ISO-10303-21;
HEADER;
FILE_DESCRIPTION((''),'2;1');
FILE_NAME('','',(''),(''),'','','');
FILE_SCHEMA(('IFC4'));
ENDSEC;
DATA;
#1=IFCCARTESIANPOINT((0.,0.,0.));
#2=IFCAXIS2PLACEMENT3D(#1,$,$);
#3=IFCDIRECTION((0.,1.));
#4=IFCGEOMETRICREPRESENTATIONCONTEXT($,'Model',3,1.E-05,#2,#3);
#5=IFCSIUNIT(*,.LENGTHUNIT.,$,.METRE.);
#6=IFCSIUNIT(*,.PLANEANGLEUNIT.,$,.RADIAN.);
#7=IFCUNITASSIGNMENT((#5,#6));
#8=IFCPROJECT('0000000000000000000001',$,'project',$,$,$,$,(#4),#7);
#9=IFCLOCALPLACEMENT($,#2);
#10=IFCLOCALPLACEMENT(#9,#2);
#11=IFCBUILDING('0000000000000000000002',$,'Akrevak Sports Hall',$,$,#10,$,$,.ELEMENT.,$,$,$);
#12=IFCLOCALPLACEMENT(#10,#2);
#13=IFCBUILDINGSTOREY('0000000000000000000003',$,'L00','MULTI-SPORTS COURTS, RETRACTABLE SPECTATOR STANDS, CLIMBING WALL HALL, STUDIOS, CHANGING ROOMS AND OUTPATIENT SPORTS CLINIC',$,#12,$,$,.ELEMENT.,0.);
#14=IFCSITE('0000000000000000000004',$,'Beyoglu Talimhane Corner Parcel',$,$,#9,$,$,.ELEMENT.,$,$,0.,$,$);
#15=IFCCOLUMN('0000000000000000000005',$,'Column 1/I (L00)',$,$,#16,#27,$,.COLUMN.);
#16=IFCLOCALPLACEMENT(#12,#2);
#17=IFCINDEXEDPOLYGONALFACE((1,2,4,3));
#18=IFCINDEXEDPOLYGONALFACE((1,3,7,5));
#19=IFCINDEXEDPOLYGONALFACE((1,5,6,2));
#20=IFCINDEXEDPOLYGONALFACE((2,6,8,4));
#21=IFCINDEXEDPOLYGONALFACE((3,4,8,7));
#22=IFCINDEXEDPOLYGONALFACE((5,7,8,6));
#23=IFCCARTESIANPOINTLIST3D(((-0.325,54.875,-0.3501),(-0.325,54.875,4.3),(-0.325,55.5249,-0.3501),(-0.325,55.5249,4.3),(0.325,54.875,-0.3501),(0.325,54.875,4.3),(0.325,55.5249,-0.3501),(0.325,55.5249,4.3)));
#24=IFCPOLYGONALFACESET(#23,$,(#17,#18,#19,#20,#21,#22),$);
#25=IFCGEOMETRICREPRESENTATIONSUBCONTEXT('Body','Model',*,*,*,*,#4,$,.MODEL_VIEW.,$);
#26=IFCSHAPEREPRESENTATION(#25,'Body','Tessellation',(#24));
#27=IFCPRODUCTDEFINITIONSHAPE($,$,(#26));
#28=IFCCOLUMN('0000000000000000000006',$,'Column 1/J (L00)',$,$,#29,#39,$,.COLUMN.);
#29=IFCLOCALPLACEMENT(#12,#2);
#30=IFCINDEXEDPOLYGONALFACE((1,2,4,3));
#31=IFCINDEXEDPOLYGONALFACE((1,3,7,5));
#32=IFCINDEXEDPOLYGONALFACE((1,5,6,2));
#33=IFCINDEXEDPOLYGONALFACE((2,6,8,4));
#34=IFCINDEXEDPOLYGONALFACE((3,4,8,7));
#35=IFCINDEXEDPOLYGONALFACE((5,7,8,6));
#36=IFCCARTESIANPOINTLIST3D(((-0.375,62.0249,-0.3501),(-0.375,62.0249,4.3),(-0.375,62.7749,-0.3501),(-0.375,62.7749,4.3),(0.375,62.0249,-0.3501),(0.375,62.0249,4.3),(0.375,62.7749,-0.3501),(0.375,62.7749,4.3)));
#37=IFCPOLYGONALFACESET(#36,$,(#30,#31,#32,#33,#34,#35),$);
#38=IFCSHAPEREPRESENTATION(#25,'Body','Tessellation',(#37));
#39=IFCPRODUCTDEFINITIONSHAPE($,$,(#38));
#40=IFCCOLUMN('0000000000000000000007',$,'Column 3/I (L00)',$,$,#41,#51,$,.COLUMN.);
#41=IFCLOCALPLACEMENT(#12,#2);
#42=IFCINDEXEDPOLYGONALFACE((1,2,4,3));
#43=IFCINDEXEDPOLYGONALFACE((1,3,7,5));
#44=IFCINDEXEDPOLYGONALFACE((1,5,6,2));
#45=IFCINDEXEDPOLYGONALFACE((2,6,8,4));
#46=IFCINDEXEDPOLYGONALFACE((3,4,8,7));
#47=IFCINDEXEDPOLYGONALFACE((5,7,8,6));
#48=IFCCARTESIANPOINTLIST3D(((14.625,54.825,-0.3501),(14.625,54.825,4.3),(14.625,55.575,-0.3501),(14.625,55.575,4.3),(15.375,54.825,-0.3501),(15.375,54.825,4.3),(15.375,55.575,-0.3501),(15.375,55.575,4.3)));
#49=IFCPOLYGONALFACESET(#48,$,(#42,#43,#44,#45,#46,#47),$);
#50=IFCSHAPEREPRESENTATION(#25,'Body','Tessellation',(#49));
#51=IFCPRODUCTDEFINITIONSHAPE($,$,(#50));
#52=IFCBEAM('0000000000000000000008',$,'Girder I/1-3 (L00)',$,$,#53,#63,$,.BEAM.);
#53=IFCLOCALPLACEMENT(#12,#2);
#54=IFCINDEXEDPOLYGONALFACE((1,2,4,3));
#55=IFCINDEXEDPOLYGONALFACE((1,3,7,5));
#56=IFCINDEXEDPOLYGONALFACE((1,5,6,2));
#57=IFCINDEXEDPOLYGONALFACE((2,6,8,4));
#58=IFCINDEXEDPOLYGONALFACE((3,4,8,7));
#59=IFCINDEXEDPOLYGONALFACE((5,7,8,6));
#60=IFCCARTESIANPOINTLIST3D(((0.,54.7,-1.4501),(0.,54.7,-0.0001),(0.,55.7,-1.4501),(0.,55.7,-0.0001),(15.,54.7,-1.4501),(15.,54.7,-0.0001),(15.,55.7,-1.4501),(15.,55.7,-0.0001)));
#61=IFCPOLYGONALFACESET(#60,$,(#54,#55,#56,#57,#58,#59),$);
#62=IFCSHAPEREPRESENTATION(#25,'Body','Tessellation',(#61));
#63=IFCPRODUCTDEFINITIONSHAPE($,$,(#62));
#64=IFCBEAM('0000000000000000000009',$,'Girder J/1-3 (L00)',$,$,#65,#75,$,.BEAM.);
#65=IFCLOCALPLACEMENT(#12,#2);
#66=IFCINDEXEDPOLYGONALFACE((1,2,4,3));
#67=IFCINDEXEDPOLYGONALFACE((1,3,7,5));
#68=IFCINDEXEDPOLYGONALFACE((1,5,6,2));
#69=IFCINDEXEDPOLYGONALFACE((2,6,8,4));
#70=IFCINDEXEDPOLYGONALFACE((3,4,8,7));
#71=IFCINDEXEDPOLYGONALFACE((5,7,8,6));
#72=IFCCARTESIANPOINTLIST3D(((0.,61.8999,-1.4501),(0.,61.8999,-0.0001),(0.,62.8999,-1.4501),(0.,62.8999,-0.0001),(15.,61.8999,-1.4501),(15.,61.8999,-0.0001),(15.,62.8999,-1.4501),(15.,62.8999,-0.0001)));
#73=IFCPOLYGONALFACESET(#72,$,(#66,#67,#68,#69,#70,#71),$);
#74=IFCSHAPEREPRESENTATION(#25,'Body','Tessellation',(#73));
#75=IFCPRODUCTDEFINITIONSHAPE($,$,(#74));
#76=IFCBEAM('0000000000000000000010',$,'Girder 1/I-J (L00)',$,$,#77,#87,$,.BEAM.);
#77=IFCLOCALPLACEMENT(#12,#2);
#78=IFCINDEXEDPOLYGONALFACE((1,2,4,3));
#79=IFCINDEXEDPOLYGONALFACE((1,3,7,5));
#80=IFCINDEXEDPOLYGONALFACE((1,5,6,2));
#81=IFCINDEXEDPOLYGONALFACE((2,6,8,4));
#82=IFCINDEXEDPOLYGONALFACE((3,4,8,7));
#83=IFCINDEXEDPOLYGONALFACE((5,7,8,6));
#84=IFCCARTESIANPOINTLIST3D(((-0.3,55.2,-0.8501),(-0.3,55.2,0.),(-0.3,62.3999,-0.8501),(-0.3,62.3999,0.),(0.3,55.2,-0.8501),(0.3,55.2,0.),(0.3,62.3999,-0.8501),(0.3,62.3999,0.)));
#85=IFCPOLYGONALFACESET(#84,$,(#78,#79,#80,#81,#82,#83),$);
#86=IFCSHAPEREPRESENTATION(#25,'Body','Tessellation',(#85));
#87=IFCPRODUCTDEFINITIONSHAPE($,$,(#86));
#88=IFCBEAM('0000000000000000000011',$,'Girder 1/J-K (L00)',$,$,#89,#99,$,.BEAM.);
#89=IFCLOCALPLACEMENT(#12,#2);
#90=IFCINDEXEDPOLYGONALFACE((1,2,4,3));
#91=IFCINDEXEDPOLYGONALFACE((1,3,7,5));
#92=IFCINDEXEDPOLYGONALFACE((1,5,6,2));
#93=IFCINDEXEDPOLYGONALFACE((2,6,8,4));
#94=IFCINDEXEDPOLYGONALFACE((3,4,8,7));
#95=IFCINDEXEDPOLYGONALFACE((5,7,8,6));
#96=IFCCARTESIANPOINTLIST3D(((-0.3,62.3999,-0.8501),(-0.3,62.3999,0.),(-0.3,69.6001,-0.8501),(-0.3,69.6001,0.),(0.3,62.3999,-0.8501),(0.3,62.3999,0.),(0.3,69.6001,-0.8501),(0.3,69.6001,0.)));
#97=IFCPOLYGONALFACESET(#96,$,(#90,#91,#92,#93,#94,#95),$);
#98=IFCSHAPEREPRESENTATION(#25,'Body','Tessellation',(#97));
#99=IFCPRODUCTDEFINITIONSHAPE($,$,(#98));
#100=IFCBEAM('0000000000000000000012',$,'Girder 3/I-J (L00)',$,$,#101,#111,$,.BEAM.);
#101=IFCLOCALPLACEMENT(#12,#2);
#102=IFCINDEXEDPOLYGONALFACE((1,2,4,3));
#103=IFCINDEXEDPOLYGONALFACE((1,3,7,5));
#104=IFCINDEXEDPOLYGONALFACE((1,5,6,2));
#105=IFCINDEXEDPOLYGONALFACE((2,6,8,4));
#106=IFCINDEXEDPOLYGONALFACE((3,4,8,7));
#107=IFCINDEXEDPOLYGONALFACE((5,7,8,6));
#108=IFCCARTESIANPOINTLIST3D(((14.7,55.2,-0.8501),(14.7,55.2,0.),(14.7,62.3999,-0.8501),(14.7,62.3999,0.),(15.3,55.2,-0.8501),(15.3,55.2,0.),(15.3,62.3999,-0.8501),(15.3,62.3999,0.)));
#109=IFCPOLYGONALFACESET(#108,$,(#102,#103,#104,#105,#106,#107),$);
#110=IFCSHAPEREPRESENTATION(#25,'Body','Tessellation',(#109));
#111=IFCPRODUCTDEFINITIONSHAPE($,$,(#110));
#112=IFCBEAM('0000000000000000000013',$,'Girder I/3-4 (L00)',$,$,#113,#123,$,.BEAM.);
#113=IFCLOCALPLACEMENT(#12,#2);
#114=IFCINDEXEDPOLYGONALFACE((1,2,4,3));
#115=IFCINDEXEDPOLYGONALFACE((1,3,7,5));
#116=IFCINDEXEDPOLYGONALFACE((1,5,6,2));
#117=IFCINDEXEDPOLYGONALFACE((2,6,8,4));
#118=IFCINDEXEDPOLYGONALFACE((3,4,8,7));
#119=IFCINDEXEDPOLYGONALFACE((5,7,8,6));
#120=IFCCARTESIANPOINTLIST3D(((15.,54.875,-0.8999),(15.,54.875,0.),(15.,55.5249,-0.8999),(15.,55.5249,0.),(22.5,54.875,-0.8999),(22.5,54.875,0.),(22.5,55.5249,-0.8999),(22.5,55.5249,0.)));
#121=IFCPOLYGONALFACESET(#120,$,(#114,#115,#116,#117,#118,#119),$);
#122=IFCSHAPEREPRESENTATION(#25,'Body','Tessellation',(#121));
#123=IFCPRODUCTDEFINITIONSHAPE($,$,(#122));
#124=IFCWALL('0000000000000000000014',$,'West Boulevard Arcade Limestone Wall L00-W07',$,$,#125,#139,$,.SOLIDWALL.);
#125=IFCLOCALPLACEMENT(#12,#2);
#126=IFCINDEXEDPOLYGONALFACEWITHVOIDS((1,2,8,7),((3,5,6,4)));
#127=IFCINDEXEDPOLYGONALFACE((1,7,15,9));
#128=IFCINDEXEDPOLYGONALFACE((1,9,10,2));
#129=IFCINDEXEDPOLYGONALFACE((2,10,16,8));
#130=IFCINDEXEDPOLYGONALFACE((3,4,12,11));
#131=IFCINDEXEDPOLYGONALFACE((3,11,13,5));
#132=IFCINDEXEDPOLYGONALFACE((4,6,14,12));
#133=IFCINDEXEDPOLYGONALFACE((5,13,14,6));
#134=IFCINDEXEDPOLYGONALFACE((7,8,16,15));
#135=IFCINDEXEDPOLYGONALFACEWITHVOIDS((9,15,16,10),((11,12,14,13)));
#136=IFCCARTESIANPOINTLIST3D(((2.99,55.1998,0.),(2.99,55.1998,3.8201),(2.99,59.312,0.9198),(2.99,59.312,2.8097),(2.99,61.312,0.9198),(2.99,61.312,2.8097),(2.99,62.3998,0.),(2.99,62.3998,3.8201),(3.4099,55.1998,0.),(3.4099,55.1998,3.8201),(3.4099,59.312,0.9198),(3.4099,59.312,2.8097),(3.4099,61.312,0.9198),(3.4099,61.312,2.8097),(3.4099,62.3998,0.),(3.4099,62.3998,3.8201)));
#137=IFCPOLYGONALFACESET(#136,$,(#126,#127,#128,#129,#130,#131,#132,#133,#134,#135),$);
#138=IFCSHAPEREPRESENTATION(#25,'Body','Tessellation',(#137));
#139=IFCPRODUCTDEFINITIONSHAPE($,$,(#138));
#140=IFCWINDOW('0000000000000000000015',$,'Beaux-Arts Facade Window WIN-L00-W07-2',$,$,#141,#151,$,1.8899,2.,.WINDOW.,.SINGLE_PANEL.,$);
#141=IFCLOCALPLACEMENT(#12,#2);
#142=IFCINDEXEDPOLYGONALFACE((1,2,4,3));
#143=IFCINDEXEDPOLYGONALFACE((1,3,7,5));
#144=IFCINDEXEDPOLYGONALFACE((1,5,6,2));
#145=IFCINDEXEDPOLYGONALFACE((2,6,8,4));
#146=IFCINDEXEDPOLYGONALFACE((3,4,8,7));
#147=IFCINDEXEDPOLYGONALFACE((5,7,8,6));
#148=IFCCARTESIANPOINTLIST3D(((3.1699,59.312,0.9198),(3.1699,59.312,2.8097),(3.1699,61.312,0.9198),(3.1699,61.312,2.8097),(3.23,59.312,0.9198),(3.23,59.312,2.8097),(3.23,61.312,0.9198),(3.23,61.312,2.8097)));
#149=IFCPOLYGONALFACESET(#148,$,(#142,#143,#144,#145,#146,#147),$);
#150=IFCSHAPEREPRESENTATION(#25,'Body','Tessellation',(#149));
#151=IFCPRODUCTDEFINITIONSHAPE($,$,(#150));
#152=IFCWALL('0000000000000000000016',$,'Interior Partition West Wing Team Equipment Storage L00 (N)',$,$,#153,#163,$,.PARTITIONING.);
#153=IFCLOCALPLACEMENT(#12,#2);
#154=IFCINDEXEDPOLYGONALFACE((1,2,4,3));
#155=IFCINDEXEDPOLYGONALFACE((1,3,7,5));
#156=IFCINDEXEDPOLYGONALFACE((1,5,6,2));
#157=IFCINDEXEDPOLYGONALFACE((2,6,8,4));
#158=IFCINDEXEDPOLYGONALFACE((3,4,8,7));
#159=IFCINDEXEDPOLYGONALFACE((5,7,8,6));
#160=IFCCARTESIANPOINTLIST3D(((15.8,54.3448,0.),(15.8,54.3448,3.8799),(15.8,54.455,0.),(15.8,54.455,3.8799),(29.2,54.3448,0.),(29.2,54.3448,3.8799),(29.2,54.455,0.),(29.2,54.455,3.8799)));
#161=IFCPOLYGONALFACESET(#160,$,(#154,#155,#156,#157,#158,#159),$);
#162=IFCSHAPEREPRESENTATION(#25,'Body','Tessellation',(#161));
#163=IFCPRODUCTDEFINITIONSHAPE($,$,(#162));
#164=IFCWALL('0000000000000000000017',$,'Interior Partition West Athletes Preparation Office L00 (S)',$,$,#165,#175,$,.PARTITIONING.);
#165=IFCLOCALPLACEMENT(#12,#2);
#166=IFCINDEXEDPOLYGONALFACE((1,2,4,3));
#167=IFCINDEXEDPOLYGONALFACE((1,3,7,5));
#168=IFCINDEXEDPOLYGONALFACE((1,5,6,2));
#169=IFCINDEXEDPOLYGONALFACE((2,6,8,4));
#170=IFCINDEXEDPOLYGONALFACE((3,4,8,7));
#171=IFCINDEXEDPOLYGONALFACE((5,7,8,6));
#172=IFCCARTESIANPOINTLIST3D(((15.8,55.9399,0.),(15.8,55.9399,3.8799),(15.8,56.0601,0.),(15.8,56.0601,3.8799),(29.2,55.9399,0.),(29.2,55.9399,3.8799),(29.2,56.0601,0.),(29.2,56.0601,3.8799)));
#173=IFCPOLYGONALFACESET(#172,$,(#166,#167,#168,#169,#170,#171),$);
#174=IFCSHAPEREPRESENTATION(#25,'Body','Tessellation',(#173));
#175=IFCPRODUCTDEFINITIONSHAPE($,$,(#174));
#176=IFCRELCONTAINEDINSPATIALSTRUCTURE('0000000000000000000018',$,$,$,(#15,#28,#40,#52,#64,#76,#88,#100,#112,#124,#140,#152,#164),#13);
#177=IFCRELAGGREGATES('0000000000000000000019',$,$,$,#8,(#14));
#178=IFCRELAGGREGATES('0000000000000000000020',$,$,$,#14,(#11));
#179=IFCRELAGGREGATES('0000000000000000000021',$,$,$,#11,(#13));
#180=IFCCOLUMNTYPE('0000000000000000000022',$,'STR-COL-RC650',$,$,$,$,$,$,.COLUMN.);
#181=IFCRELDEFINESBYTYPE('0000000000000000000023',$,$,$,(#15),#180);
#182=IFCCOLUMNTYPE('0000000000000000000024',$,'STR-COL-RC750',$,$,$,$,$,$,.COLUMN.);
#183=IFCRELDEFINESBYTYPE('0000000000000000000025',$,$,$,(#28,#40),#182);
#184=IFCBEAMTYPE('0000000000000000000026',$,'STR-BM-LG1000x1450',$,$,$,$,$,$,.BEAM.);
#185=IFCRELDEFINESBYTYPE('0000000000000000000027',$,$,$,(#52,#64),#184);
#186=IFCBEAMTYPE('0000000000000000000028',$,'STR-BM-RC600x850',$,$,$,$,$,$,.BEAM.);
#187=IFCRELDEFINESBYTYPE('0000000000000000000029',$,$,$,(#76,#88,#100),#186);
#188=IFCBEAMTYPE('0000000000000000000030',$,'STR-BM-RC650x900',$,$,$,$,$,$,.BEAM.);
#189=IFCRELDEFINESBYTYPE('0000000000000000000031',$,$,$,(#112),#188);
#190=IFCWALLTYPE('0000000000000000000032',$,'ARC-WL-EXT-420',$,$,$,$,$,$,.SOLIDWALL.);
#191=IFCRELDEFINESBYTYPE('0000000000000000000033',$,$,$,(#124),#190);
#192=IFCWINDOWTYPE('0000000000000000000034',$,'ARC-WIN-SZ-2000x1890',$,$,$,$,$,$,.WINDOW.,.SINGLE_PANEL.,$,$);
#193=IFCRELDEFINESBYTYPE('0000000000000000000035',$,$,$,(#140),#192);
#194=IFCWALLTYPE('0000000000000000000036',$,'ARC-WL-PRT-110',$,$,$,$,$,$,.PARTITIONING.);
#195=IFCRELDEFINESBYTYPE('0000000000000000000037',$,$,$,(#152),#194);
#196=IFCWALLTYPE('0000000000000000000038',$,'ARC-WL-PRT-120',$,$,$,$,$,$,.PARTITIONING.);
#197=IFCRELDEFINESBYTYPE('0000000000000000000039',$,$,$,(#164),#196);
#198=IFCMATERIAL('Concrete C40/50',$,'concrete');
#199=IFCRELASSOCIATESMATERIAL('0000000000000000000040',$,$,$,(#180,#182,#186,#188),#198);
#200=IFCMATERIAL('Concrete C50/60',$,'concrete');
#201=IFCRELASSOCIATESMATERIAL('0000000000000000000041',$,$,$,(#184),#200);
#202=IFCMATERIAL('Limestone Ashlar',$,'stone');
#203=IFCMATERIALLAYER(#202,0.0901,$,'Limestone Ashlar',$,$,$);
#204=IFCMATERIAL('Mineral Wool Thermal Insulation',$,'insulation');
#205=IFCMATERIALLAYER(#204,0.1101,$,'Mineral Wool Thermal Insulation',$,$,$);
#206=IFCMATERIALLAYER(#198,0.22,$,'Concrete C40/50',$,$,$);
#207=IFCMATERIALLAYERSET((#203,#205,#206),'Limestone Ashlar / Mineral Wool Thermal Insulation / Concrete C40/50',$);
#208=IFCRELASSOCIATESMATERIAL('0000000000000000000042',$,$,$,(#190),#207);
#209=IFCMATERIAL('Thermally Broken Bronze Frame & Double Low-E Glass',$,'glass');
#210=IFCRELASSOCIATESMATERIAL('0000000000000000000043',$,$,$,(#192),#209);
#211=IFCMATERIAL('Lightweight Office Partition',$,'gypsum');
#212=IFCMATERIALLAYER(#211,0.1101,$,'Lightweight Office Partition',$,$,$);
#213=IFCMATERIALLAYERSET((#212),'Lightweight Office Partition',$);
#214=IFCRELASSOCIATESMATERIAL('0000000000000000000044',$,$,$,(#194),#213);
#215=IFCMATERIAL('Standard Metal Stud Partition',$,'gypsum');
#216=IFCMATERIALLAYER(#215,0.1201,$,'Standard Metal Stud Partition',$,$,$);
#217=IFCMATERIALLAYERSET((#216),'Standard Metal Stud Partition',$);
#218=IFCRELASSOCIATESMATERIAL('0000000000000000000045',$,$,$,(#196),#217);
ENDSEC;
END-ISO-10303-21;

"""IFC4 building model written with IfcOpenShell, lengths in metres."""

from ifc_helpers import new_model, si_unit, direction, frame, frame_2d, origin, origin_2d, place, context, subcontext, project, spatial, rectangle, extrude, material, layer, layer_set, material_profile, profile_set, type_object, element, fill, save


model = new_model("IFC4")

# Units and contexts
model_context = context("Model", 3, precision=1e-05, world=origin(), true_north=direction((0.0, 1.0)))
body_context = subcontext(model_context, "Body", "Model", "MODEL_VIEW")
ifc_project = project(units=[si_unit("LENGTHUNIT", "METRE"), si_unit("PLANEANGLEUNIT", "RADIAN")], contexts=[model_context])

# Site, building, storey
site_placement = place(None, origin())
site = spatial("IfcSite", under=ifc_project, at=site_placement, Name="Beyoglu Talimhane Corner Parcel", CompositionType="ELEMENT", RefElevation=0.0)
building_placement = place(site_placement, origin())
building = spatial("IfcBuilding", under=site, at=building_placement, Name="Akrevak Sports Hall", CompositionType="ELEMENT")
storey_placement = place(building_placement, origin())
storey = spatial("IfcBuildingStorey", under=building, at=storey_placement, Name="L00", Description="MULTI-SPORTS COURTS, RETRACTABLE SPECTATOR STANDS, CLIMBING WALL HALL, STUDIOS, CHANGING ROOMS AND OUTPATIENT SPORTS CLINIC", CompositionType="ELEMENT", Elevation=0.0)

# Columns
ifc_material_1 = material(Name="Concrete C40/50", Category="concrete")
ifc_material_profile_1 = material_profile(ifc_material_1, rectangle(XDim=0.6499, YDim=0.6499, at=origin_2d()), Name="RC 650x650", Category="concrete")
ifc_profile_set_1 = profile_set([ifc_material_profile_1], Name="Concrete C40/50")
column_type_1 = type_object("IfcColumnType", Name="STR-COL-RC650", PredefinedType="COLUMN", material=ifc_profile_set_1)
column_placement = place(storey_placement, frame((0.0, 55.2, -0.3501), z_axis=(0.0, 0.0, 1.0), x_axis=(1.0, 0.0, 0.0)))
element("IfcColumn", 1, at=column_placement, inside=storey, type_object=column_type_1, Name="Column 1/I (L00)", PredefinedType="COLUMN", context=body_context, shape_type="SweptSolid", body=[
    extrude(rectangle(XDim=0.6499, YDim=0.6499, at=origin_2d()), origin(), (0.0, 0.0, 1.0), 4.6501),
])
ifc_material_profile_2 = material_profile(ifc_material_1, rectangle(XDim=0.75, YDim=0.75, at=origin_2d()), Name="RC 750x750", Category="concrete")
ifc_profile_set_2 = profile_set([ifc_material_profile_2], Name="Concrete C40/50")
column_type_2 = type_object("IfcColumnType", Name="STR-COL-RC750", PredefinedType="COLUMN", material=ifc_profile_set_2)
for number, where, z_axis, x_axis, name in (
    (2, (0.0, 62.3999, -0.3501), (0.0, 0.0, 1.0), (1.0, 0.0, 0.0), "Column 1/J (L00)"),
    (3, (15.0, 55.2, -0.3501), (0.0, 0.0, 1.0), (1.0, 0.0, 0.0), "Column 3/I (L00)"),
):
    element("IfcColumn", number, at=place(storey_placement, frame(where, z_axis=z_axis, x_axis=x_axis)), inside=storey, type_object=column_type_2, Name=name, PredefinedType="COLUMN", context=body_context, shape_type="SweptSolid", body=[
        extrude(rectangle(XDim=0.75, YDim=0.75, at=origin_2d()), origin(), (0.0, 0.0, 1.0), 4.6501),
    ])

# Beams
ifc_material_2 = material(Name="Concrete C50/60", Category="concrete")
ifc_material_profile_3 = material_profile(ifc_material_2, rectangle(XDim=1.0, YDim=1.45, at=origin_2d()), Name="BM 1000x1450", Category="concrete")
ifc_profile_set_3 = profile_set([ifc_material_profile_3], Name="Concrete C50/60")
beam_type_1 = type_object("IfcBeamType", Name="STR-BM-LG1000x1450", PredefinedType="BEAM", material=ifc_profile_set_3)
for number, where, z_axis, x_axis, name in (
    (4, (0.0, 55.2, -0.7251), (1.0, 0.0, 0.0), (0.0, 1.0, 0.0), "Girder I/1-3 (L00)"),
    (5, (0.0, 62.3999, -0.7251), (1.0, 0.0, 0.0), (0.0, 1.0, 0.0), "Girder J/1-3 (L00)"),
):
    element("IfcBeam", number, at=place(storey_placement, frame(where, z_axis=z_axis, x_axis=x_axis)), inside=storey, type_object=beam_type_1, Name=name, PredefinedType="BEAM", context=body_context, shape_type="SweptSolid", body=[
        extrude(rectangle(XDim=1.0, YDim=1.45, at=origin_2d()), origin(), (0.0, 0.0, 1.0), 15.0),
    ])
ifc_material_profile_4 = material_profile(ifc_material_1, rectangle(XDim=0.6001, YDim=0.8501, at=origin_2d()), Name="BM 600x850", Category="concrete")
ifc_profile_set_4 = profile_set([ifc_material_profile_4], Name="Concrete C40/50")
beam_type_2 = type_object("IfcBeamType", Name="STR-BM-RC600x850", PredefinedType="BEAM", material=ifc_profile_set_4)
beam_1_placement = place(storey_placement, frame((0.0, 55.2, -0.425), z_axis=(0.0, 1.0, 0.0), x_axis=(-1.0, 0.0, 0.0)))
element("IfcBeam", 6, at=beam_1_placement, inside=storey, type_object=beam_type_2, Name="Girder 1/I-J (L00)", PredefinedType="BEAM", context=body_context, shape_type="SweptSolid", body=[
    extrude(rectangle(XDim=0.6001, YDim=0.8501, at=origin_2d()), origin(), (0.0, 0.0, 1.0), 7.2),
])
beam_2_placement = place(storey_placement, frame((0.0, 62.3999, -0.425), z_axis=(0.0, 1.0, 0.0), x_axis=(-1.0, 0.0, 0.0)))
element("IfcBeam", 7, at=beam_2_placement, inside=storey, type_object=beam_type_2, Name="Girder 1/J-K (L00)", PredefinedType="BEAM", context=body_context, shape_type="SweptSolid", body=[
    extrude(rectangle(XDim=0.6001, YDim=0.8501, at=origin_2d()), origin(), (0.0, 0.0, 1.0), 7.2002),
])
beam_3_placement = place(storey_placement, frame((15.0, 55.2, -0.425), z_axis=(0.0, 1.0, 0.0), x_axis=(-1.0, 0.0, 0.0)))
element("IfcBeam", 8, at=beam_3_placement, inside=storey, type_object=beam_type_2, Name="Girder 3/I-J (L00)", PredefinedType="BEAM", context=body_context, shape_type="SweptSolid", body=[
    extrude(rectangle(XDim=0.6001, YDim=0.8501, at=origin_2d()), origin(), (0.0, 0.0, 1.0), 7.2),
])
ifc_material_profile_5 = material_profile(ifc_material_1, rectangle(XDim=0.6499, YDim=0.8999, at=origin_2d()), Name="BM 650x900", Category="concrete")
ifc_profile_set_5 = profile_set([ifc_material_profile_5], Name="Concrete C40/50")
beam_type_3 = type_object("IfcBeamType", Name="STR-BM-RC650x900", PredefinedType="BEAM", material=ifc_profile_set_5)
beam_4_placement = place(storey_placement, frame((15.0, 55.2, -0.45), z_axis=(1.0, 0.0, 0.0), x_axis=(0.0, 1.0, 0.0)))
element("IfcBeam", 9, at=beam_4_placement, inside=storey, type_object=beam_type_3, Name="Girder I/3-4 (L00)", PredefinedType="BEAM", context=body_context, shape_type="SweptSolid", body=[
    extrude(rectangle(XDim=0.6499, YDim=0.8999, at=origin_2d()), origin(), (0.0, 0.0, 1.0), 7.5),
])

# Shared definitions
ifc_material_3 = material(Name="Limestone Ashlar", Category="stone")
ifc_layer_1 = layer(ifc_material_3, 0.0901, Name="Limestone Ashlar")
ifc_material_4 = material(Name="Mineral Wool Thermal Insulation", Category="insulation")
ifc_layer_2 = layer(ifc_material_4, 0.1101, Name="Mineral Wool Thermal Insulation")
ifc_layer_3 = layer(ifc_material_1, 0.22, Name="Concrete C40/50")
ifc_layer_set_1 = layer_set([ifc_layer_1, ifc_layer_2, ifc_layer_3], Name="Limestone Ashlar / Mineral Wool Thermal Insulation / Concrete C40/50")
wall_type_1 = type_object("IfcWallType", Name="ARC-WL-EXT-420", PredefinedType="SOLIDWALL", material=ifc_layer_set_1)

# Wall, opening, window
wall_1_placement = place(storey_placement, frame((3.2, 62.3999, 0.0), z_axis=(0.0, 0.0, 1.0), x_axis=(0.0, -1.0, 0.0)))
wall_1 = element("IfcWall", 10, at=wall_1_placement, inside=storey, type_object=wall_type_1, Name="West Boulevard Arcade Limestone Wall L00-W07", PredefinedType="SOLIDWALL", context=body_context, shape_type="SweptSolid", body=[
    extrude(rectangle(XDim=7.2, YDim=0.4199, at=frame_2d((3.6001, 0.0))), origin(), (0.0, 0.0, 1.0), 3.8201),
])
opening_1_placement = place(wall_1_placement, frame((1.0879, 0.0, 0.9199)))
opening_1 = element("IfcOpeningElement", 11, at=opening_1_placement, cuts=wall_1, PredefinedType="OPENING", context=body_context, shape_type="SweptSolid", body=[
    extrude(rectangle(XDim=2.0, YDim=1.8899, at=frame_2d((1.0, 0.9448))), frame((0.0, 0.2219, 0.0), z_axis=(0.0, -1.0, 0.0), x_axis=(1.0, 0.0, 0.0)), (0.0, 0.0, 1.0), 0.4438),
])
ifc_material_5 = material(Name="Thermally Broken Bronze Frame & Double Low-E Glass", Category="glass")
window_type = type_object("IfcWindowType", Name="ARC-WIN-SZ-2000x1890", PartitioningType="SINGLE_PANEL", PredefinedType="WINDOW", material=ifc_material_5)
window_placement = place(opening_1_placement, origin())
window = element("IfcWindow", 12, at=window_placement, inside=storey, type_object=window_type, Name="Beaux-Arts Facade Window WIN-L00-W07-2", OverallHeight=1.8899, OverallWidth=2.0, PartitioningType="SINGLE_PANEL", PredefinedType="WINDOW", context=body_context, shape_type="SweptSolid", body=[
    extrude(rectangle(XDim=2.0, YDim=1.8899, at=frame_2d((1.0, 0.9448))), frame((0.0, 0.03, 0.0), z_axis=(0.0, -1.0, 0.0), x_axis=(1.0, 0.0, 0.0)), (0.0, 0.0, 1.0), 0.0601),
])
fill(opening_1, window)

# Walls
ifc_material_6 = material(Name="Lightweight Office Partition", Category="gypsum")
ifc_layer_4 = layer(ifc_material_6, 0.1101, Name="Lightweight Office Partition")
ifc_layer_set_2 = layer_set([ifc_layer_4], Name="Lightweight Office Partition")
wall_type_2 = type_object("IfcWallType", Name="ARC-WL-PRT-110", PredefinedType="PARTITIONING", material=ifc_layer_set_2)
wall_2_placement = place(storey_placement, frame((15.8, 54.3999, 0.0), z_axis=(0.0, 0.0, 1.0), x_axis=(1.0, 0.0, 0.0)))
element("IfcWall", 13, at=wall_2_placement, inside=storey, type_object=wall_type_2, Name="Interior Partition West Wing Team Equipment Storage L00 (N)", PredefinedType="PARTITIONING", context=body_context, shape_type="SweptSolid", body=[
    extrude(rectangle(XDim=13.3999, YDim=0.1101, at=frame_2d((6.7, 0.0))), origin(), (0.0, 0.0, 1.0), 3.8799),
])
ifc_material_7 = material(Name="Standard Metal Stud Partition", Category="gypsum")
ifc_layer_5 = layer(ifc_material_7, 0.1201, Name="Standard Metal Stud Partition")
ifc_layer_set_3 = layer_set([ifc_layer_5], Name="Standard Metal Stud Partition")
wall_type_3 = type_object("IfcWallType", Name="ARC-WL-PRT-120", PredefinedType="PARTITIONING", material=ifc_layer_set_3)
wall_3_placement = place(storey_placement, frame((15.8, 56.0, 0.0), z_axis=(0.0, 0.0, 1.0), x_axis=(1.0, 0.0, 0.0)))
element("IfcWall", 14, at=wall_3_placement, inside=storey, type_object=wall_type_3, Name="Interior Partition West Athletes Preparation Office L00 (S)", PredefinedType="PARTITIONING", context=body_context, shape_type="SweptSolid", body=[
    extrude(rectangle(XDim=13.3999, YDim=0.1201, at=frame_2d((6.7, 0.0))), origin(), (0.0, 0.0, 1.0), 3.8799),
])

save(model, "model.ifc")
